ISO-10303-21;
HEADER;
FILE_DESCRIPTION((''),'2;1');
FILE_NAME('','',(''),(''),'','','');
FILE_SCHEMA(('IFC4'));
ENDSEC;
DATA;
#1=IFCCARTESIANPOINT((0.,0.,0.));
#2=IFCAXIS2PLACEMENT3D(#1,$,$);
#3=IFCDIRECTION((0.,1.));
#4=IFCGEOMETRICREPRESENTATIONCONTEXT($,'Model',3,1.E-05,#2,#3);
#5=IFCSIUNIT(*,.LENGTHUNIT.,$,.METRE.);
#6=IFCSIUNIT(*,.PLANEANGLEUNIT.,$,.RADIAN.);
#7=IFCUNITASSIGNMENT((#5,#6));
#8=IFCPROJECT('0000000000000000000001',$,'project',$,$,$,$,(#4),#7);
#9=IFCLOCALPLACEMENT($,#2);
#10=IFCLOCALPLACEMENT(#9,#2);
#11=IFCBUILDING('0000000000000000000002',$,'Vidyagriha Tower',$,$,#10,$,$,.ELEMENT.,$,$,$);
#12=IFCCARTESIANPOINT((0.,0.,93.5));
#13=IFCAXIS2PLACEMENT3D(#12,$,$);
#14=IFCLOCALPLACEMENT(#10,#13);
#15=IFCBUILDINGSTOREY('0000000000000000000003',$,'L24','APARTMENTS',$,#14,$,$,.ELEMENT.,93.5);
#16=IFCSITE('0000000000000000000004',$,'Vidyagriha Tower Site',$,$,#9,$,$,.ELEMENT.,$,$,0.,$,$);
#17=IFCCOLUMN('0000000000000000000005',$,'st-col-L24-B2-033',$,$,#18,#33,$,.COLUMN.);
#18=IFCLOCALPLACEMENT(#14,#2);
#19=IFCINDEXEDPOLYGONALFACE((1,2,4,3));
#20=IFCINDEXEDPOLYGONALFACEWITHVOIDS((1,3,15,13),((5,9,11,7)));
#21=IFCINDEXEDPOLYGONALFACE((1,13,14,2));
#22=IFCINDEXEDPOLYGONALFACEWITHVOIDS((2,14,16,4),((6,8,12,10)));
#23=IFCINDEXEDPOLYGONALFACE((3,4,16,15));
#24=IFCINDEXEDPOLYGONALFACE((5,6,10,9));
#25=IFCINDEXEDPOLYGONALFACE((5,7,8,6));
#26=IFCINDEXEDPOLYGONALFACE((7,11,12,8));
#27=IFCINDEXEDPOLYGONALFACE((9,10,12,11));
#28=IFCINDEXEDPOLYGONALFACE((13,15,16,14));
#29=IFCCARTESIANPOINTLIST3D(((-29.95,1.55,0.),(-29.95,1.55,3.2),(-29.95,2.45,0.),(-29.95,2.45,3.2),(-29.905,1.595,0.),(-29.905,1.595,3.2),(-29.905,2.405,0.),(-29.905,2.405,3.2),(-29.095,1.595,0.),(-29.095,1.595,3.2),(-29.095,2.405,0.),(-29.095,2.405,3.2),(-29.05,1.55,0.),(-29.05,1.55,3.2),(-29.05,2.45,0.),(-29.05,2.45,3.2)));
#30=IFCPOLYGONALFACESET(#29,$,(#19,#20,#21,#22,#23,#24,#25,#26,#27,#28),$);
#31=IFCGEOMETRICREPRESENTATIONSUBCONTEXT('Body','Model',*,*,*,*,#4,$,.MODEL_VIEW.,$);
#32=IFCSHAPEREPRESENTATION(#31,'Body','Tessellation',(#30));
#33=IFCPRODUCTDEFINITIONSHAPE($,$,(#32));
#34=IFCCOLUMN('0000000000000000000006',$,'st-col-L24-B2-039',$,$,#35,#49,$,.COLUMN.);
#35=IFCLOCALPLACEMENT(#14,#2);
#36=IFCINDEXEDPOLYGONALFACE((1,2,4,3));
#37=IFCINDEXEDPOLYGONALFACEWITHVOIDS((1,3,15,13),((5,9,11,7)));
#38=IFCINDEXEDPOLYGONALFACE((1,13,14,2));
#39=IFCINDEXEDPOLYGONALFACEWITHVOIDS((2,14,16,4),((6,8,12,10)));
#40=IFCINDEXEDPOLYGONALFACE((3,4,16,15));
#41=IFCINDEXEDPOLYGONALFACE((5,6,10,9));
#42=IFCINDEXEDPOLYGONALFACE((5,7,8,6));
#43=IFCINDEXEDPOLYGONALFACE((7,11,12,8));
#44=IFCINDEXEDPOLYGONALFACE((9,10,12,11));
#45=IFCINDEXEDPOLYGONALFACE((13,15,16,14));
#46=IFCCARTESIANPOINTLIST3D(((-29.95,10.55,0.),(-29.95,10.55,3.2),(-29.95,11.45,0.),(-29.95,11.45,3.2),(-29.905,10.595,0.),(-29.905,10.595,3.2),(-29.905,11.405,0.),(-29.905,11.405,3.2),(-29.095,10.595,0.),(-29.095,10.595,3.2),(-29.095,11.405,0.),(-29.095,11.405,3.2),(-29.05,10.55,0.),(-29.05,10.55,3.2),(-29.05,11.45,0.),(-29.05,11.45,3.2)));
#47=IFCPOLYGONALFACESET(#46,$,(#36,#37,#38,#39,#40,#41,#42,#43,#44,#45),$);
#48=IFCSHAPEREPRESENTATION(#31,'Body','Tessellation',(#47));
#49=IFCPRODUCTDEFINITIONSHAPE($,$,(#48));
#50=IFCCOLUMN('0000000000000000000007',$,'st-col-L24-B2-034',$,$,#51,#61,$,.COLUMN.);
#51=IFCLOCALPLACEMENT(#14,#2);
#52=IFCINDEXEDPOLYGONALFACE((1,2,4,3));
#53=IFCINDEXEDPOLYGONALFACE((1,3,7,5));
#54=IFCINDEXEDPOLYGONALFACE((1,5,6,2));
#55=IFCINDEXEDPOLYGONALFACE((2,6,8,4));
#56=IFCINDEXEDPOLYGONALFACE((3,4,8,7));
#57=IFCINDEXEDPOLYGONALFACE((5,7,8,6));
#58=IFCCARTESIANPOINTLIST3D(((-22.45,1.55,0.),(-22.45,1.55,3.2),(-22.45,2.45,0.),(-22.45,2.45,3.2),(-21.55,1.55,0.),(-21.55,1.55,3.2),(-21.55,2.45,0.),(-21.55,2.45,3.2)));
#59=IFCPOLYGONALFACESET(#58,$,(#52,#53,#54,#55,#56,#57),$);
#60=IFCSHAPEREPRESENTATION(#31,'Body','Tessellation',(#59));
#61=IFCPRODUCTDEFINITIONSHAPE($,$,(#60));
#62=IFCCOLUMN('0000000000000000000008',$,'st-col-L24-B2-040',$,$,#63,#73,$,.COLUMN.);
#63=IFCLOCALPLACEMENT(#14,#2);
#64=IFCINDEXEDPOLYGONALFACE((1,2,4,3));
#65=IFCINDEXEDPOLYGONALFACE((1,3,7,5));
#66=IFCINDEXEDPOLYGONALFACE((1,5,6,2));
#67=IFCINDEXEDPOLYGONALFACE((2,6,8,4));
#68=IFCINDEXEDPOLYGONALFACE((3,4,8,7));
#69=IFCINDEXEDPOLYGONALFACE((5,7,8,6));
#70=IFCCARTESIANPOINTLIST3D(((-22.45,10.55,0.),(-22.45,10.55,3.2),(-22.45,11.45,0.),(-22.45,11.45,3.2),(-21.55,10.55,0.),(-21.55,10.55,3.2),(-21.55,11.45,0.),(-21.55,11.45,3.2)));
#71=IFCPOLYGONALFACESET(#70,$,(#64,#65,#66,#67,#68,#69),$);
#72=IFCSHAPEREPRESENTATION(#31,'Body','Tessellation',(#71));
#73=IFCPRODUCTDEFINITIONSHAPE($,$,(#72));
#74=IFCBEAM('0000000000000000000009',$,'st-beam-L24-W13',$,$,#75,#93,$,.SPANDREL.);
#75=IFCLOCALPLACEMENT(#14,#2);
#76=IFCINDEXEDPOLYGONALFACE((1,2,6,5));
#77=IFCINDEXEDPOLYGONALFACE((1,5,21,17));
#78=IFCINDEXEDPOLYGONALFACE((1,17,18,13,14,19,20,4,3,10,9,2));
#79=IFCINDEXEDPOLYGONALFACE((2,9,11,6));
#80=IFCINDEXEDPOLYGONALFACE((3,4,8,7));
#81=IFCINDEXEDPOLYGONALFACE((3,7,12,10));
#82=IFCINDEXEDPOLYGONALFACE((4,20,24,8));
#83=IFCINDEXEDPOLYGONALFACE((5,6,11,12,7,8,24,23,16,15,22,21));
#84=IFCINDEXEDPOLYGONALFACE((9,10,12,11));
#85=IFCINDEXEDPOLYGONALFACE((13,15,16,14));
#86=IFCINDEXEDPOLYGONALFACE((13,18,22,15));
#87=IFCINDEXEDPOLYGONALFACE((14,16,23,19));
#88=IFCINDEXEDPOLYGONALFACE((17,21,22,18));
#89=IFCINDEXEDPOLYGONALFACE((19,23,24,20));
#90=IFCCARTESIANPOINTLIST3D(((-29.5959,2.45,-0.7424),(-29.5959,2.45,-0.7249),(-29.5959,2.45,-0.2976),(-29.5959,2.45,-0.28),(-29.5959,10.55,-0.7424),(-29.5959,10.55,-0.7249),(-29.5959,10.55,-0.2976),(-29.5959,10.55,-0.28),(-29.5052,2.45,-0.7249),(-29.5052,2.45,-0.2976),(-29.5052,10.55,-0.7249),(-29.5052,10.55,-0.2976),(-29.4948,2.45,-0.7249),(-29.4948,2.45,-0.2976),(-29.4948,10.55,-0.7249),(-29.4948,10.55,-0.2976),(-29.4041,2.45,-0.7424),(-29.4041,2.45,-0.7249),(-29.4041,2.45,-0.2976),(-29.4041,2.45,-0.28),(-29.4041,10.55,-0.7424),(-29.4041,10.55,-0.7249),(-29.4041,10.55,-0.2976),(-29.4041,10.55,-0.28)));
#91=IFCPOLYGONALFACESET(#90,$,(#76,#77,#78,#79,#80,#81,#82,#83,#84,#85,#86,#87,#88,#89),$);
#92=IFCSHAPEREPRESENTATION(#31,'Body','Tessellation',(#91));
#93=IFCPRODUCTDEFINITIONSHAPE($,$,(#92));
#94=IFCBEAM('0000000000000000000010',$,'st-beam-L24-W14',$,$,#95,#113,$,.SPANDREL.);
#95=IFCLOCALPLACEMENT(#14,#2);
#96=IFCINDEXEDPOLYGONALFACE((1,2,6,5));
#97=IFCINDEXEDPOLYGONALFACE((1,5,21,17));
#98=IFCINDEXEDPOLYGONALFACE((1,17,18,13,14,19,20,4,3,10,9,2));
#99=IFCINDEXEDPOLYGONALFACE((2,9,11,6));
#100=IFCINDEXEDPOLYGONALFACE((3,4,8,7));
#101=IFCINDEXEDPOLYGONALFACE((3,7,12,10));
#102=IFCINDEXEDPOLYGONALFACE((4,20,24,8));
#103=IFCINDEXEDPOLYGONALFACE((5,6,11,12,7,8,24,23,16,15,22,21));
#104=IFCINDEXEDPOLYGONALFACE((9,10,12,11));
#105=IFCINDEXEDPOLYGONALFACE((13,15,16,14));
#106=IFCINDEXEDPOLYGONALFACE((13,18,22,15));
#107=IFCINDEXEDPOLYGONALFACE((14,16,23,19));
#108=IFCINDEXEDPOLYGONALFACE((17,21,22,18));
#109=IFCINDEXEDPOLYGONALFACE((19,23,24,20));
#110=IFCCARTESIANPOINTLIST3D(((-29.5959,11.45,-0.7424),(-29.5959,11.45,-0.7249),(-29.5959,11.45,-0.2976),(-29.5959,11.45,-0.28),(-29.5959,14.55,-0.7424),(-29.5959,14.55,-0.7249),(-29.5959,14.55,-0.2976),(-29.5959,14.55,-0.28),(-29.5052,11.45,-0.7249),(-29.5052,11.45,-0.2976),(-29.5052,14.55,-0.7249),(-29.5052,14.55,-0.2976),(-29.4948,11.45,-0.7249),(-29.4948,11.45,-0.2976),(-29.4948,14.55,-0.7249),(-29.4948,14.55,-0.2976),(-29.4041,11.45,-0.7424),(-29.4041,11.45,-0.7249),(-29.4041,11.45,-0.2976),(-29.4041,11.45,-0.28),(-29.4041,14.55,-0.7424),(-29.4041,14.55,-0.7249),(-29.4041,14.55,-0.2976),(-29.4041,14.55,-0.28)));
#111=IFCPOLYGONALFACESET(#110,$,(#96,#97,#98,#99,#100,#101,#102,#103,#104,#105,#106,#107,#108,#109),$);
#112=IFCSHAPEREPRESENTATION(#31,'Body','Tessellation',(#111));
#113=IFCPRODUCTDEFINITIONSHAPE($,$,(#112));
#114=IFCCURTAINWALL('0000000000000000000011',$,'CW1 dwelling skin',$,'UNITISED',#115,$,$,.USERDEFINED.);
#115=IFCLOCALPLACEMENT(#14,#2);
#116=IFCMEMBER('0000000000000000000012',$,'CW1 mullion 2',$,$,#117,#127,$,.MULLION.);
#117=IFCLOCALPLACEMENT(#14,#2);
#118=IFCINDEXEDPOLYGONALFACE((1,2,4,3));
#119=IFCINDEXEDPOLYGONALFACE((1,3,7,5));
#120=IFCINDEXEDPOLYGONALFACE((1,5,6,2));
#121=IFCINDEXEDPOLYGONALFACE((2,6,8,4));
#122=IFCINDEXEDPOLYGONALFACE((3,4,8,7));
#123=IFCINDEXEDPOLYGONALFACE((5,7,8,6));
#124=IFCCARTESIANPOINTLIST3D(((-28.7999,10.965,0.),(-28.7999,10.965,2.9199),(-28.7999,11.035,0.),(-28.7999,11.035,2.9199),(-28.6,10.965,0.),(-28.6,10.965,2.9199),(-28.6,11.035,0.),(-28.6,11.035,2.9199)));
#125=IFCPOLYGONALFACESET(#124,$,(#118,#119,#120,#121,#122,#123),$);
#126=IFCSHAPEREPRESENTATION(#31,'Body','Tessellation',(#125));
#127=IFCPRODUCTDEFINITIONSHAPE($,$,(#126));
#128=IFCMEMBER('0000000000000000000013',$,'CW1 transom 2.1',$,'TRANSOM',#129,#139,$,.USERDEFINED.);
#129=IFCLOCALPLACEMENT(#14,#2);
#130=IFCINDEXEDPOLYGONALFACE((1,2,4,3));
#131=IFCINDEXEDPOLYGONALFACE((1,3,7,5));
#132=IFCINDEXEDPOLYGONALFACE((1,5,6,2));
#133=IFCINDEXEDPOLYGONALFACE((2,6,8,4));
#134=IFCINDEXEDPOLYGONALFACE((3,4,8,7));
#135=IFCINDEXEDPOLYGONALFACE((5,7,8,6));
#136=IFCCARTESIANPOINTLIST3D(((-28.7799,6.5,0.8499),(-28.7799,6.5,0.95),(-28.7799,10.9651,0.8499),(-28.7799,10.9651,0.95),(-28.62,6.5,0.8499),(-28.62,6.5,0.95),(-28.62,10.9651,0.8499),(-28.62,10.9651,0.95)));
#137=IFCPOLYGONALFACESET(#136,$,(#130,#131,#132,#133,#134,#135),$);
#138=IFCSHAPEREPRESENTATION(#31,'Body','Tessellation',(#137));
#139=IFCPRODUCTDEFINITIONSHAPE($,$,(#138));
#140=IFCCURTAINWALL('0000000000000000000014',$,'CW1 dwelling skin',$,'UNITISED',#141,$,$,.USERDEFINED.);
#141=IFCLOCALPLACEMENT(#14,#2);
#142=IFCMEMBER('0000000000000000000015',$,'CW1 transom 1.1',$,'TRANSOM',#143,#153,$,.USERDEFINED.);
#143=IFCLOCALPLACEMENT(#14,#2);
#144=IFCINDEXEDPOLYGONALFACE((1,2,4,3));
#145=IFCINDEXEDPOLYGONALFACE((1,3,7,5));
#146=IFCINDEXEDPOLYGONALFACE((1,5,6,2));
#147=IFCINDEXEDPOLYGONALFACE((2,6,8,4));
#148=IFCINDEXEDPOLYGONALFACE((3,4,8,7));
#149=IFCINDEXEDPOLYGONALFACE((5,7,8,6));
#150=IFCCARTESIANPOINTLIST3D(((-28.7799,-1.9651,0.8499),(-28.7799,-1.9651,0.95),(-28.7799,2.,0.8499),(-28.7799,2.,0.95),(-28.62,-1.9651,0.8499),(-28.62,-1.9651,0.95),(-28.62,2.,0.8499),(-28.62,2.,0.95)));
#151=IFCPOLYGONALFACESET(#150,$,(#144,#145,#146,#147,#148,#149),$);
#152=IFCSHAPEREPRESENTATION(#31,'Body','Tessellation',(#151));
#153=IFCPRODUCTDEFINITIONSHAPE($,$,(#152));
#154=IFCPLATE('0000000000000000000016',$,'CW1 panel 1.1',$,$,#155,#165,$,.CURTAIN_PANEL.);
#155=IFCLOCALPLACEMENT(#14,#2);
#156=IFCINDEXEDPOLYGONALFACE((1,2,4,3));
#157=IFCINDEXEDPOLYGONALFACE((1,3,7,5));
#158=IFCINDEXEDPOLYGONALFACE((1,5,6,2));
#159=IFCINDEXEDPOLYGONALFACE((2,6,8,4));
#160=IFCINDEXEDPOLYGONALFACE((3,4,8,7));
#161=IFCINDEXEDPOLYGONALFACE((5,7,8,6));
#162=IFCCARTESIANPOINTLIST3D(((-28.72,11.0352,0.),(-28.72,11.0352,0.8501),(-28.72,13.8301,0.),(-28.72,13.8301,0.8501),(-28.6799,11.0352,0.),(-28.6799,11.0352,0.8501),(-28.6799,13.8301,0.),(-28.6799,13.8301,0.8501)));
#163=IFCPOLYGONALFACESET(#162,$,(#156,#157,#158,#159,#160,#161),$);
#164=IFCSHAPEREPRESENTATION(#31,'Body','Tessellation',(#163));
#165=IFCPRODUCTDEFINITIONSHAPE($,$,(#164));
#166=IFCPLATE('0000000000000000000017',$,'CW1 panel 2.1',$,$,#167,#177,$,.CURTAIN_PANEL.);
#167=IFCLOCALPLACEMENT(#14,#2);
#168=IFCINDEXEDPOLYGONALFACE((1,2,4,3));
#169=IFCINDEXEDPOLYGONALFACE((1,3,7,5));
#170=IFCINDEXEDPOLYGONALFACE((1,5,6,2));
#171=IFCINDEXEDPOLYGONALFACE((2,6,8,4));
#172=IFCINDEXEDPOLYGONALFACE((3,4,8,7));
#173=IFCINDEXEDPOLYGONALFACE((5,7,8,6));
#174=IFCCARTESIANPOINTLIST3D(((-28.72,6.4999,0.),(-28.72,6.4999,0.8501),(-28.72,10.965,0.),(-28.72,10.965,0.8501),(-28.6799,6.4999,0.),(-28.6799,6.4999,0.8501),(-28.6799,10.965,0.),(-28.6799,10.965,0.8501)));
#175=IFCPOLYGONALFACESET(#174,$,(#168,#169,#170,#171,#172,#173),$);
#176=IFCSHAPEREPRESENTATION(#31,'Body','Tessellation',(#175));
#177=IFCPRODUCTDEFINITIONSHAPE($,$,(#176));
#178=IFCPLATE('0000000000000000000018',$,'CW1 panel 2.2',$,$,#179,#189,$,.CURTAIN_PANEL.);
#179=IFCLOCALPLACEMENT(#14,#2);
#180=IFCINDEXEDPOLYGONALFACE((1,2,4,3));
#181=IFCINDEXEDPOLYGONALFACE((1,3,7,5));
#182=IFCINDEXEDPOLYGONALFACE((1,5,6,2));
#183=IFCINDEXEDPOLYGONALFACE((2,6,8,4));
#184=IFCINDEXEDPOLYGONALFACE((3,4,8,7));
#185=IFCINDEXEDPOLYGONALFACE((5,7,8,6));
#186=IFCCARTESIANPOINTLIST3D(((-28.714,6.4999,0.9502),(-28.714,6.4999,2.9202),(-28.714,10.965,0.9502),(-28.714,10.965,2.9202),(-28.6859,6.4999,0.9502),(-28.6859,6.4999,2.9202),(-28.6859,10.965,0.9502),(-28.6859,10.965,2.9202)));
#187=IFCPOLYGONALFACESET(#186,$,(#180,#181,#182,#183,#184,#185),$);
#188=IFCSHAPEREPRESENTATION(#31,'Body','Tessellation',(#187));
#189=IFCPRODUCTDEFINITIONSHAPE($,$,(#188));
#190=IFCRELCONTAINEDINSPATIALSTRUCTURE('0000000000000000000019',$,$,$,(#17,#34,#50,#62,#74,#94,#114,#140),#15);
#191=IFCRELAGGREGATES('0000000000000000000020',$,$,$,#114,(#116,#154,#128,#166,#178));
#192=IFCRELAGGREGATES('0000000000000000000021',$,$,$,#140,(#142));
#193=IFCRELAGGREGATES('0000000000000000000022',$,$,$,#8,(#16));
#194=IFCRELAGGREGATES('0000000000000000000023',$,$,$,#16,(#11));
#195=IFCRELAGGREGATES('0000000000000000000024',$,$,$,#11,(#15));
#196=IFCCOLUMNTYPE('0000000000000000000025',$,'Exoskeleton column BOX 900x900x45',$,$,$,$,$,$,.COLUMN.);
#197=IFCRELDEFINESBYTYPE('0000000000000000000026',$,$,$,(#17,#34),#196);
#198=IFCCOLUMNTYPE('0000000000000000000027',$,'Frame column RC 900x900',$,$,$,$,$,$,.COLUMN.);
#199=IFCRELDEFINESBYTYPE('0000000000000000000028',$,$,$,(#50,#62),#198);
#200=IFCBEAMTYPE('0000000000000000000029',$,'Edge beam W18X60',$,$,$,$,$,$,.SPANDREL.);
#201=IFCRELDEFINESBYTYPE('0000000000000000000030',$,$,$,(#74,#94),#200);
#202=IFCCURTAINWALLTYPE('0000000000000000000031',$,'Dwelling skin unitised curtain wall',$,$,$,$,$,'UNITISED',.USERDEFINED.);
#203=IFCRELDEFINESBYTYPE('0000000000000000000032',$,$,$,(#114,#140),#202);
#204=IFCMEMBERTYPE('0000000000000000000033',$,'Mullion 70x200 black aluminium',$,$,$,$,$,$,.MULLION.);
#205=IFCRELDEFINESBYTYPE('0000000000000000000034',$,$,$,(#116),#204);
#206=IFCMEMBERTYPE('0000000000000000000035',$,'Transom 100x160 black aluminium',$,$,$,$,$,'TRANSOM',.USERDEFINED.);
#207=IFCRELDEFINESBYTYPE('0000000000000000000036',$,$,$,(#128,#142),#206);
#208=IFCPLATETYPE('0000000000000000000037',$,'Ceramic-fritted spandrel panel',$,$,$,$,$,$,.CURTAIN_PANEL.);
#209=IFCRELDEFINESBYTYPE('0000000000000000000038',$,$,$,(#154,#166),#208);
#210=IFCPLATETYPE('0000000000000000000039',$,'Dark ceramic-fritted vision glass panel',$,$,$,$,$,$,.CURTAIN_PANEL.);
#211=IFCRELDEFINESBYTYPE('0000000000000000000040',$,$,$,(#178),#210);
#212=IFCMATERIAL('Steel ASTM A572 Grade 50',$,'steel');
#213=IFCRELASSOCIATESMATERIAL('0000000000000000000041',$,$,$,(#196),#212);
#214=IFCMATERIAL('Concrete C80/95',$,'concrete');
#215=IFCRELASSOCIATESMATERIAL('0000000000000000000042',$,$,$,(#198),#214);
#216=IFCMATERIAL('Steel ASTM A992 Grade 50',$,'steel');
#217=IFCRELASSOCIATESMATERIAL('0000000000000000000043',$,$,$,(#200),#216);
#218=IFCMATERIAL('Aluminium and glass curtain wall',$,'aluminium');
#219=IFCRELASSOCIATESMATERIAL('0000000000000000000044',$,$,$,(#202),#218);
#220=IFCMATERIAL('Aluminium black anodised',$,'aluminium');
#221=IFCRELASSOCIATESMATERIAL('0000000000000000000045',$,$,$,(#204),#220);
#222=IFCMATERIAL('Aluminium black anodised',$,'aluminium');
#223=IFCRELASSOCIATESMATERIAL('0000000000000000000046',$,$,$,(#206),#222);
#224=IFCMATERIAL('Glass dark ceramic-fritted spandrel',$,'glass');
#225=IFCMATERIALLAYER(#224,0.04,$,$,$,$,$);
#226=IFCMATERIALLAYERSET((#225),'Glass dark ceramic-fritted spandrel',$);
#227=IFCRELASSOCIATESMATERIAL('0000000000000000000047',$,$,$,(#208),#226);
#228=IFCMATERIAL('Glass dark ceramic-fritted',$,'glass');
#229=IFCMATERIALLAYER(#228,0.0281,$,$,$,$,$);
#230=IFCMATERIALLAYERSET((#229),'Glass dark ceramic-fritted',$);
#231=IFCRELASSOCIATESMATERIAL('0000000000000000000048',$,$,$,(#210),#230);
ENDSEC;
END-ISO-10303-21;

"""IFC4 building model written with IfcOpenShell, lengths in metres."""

from ifc_helpers import new_model, si_unit, direction, frame, origin, origin_2d, place, context, subcontext, project, spatial, rectangle, hollow_rectangle, i_section, extrude, material, layer, layer_set, material_profile, profile_set, type_object, element, aggregate, save


model = new_model("IFC4")

# Units and contexts
model_context = context("Model", 3, precision=1e-05, world=origin(), true_north=direction((0.0, 1.0)))
body_context = subcontext(model_context, "Body", "Model", "MODEL_VIEW")
ifc_project = project(units=[si_unit("LENGTHUNIT", "METRE"), si_unit("PLANEANGLEUNIT", "RADIAN")], contexts=[model_context])

# Site, building, storey
site_placement = place(None, origin())
site = spatial("IfcSite", under=ifc_project, at=site_placement, Name="Vidyagriha Tower Site", CompositionType="ELEMENT", RefElevation=0.0)
building_placement = place(site_placement, origin())
building = spatial("IfcBuilding", under=site, at=building_placement, Name="Vidyagriha Tower", CompositionType="ELEMENT")
storey_placement = place(building_placement, frame((0.0, 0.0, 93.5)))
storey = spatial("IfcBuildingStorey", under=building, at=storey_placement, Name="L24", Description="APARTMENTS", CompositionType="ELEMENT", Elevation=93.5)

# Columns
ifc_material_1 = material(Name="Steel ASTM A572 Grade 50", Category="steel")
ifc_material_profile_1 = material_profile(ifc_material_1, hollow_rectangle(XDim=0.8999, YDim=0.8999, WallThickness=0.0449, at=origin_2d()), Name="BOX 900x900x45")
ifc_profile_set_1 = profile_set([ifc_material_profile_1], Name="Steel ASTM A572 Grade 50")
column_type_1 = type_object("IfcColumnType", Name="Exoskeleton column BOX 900x900x45", PredefinedType="COLUMN", material=ifc_profile_set_1)
for number, where, name in (
    (1, (-29.5, 2.0, 0.0), "st-col-L24-B2-033"),
    (2, (-29.5, 11.0, 0.0), "st-col-L24-B2-039"),
):
    element("IfcColumn", number, at=place(storey_placement, frame(where)), inside=storey, type_object=column_type_1, Name=name, PredefinedType="COLUMN", context=body_context, shape_type="SweptSolid", body=[
        extrude(hollow_rectangle(XDim=0.8999, YDim=0.8999, WallThickness=0.0449, at=origin_2d()), origin(), (0.0, 0.0, 1.0), 3.2),
    ])
ifc_material_2 = material(Name="Concrete C80/95", Category="concrete")
ifc_material_profile_2 = material_profile(ifc_material_2, rectangle(XDim=0.8999, YDim=0.8999, at=origin_2d()), Name="RC 900x900")
ifc_profile_set_2 = profile_set([ifc_material_profile_2], Name="Concrete C80/95")
column_type_2 = type_object("IfcColumnType", Name="Frame column RC 900x900", PredefinedType="COLUMN", material=ifc_profile_set_2)
for number, where, name in (
    (3, (-22.0, 2.0, 0.0), "st-col-L24-B2-034"),
    (4, (-22.0, 11.0, 0.0), "st-col-L24-B2-040"),
):
    element("IfcColumn", number, at=place(storey_placement, frame(where)), inside=storey, type_object=column_type_2, Name=name, PredefinedType="COLUMN", context=body_context, shape_type="SweptSolid", body=[
        extrude(rectangle(XDim=0.8999, YDim=0.8999, at=origin_2d()), origin(), (0.0, 0.0, 1.0), 3.2),
    ])

# Beams
ifc_material_3 = material(Name="Steel ASTM A992 Grade 50", Category="steel")
ifc_material_profile_3 = material_profile(ifc_material_3, i_section(OverallWidth=0.1919, OverallDepth=0.4624, WebThickness=0.0105, FlangeThickness=0.0176, at=origin_2d()), Name="W18X60")
ifc_profile_set_3 = profile_set([ifc_material_profile_3], Name="Steel ASTM A992 Grade 50")
beam_type = type_object("IfcBeamType", Name="Edge beam W18X60", PredefinedType="SPANDREL", material=ifc_profile_set_3)
beam_1_placement = place(storey_placement, frame((-29.5, 2.45, -0.5112), z_axis=(0.0, 1.0, 0.0), x_axis=(-1.0, 0.0, 0.0)))
element("IfcBeam", 5, at=beam_1_placement, inside=storey, type_object=beam_type, Name="st-beam-L24-W13", PredefinedType="SPANDREL", context=body_context, shape_type="SweptSolid", body=[
    extrude(i_section(OverallWidth=0.1919, OverallDepth=0.4624, WebThickness=0.0105, FlangeThickness=0.0176, at=origin_2d()), origin(), (0.0, 0.0, 1.0), 8.1001),
])
beam_2_placement = place(storey_placement, frame((-29.5, 11.45, -0.5112), z_axis=(0.0, 1.0, 0.0), x_axis=(-1.0, 0.0, 0.0)))
element("IfcBeam", 6, at=beam_2_placement, inside=storey, type_object=beam_type, Name="st-beam-L24-W14", PredefinedType="SPANDREL", context=body_context, shape_type="SweptSolid", body=[
    extrude(i_section(OverallWidth=0.1919, OverallDepth=0.4624, WebThickness=0.0105, FlangeThickness=0.0176, at=origin_2d()), origin(), (0.0, 0.0, 1.0), 3.1001),
])

# Curtain wall, members
ifc_material_4 = material(Name="Aluminium and glass curtain wall", Category="aluminium")
curtain_wall_type = type_object("IfcCurtainWallType", Name="Dwelling skin unitised curtain wall", ElementType="UNITISED", PredefinedType="USERDEFINED", material=ifc_material_4)
curtain_wall_1_placement = place(storey_placement, origin())
curtain_wall_1 = element("IfcCurtainWall", 7, at=curtain_wall_1_placement, inside=storey, type_object=curtain_wall_type, Name="CW1 dwelling skin", ObjectType="UNITISED", PredefinedType="USERDEFINED")
ifc_material_5 = material(Name="Aluminium black anodised", Category="aluminium")
ifc_material_profile_4 = material_profile(ifc_material_5, rectangle(XDim=0.2, YDim=0.0701, at=origin_2d()), Name="Mullion 70x200 black aluminium")
ifc_profile_set_4 = profile_set([ifc_material_profile_4], Name="Aluminium black anodised")
member_type_1 = type_object("IfcMemberType", Name="Mullion 70x200 black aluminium", PredefinedType="MULLION", material=ifc_profile_set_4)
member_1_placement = place(storey_placement, frame((-28.7, 11.0, 0.0)))
member_1 = element("IfcMember", 8, at=member_1_placement, type_object=member_type_1, Name="CW1 mullion 2", PredefinedType="MULLION", context=body_context, shape_type="SweptSolid", body=[
    extrude(rectangle(XDim=0.2, YDim=0.0701, at=origin_2d()), origin(), (0.0, 0.0, 1.0), 2.9199),
])
ifc_material_6 = material(Name="Aluminium black anodised", Category="aluminium")
ifc_material_profile_5 = material_profile(ifc_material_6, rectangle(XDim=0.1599, YDim=0.1001, at=origin_2d()), Name="Transom 100x160 black aluminium")
ifc_profile_set_5 = profile_set([ifc_material_profile_5], Name="Aluminium black anodised")
member_type_2 = type_object("IfcMemberType", Name="Transom 100x160 black aluminium", ElementType="TRANSOM", PredefinedType="USERDEFINED", material=ifc_profile_set_5)
member_2_placement = place(storey_placement, frame((-28.7, 10.9651, 0.8999), z_axis=(0.0, -1.0, 0.0), x_axis=(1.0, 0.0, 0.0)))
member_2 = element("IfcMember", 9, at=member_2_placement, type_object=member_type_2, Name="CW1 transom 2.1", ObjectType="TRANSOM", PredefinedType="USERDEFINED", context=body_context, shape_type="SweptSolid", body=[
    extrude(rectangle(XDim=0.1599, YDim=0.1001, at=origin_2d()), origin(), (0.0, 0.0, 1.0), 4.4651),
])

# Curtain wall, member
curtain_wall_2_placement = place(storey_placement, origin())
curtain_wall_2 = element("IfcCurtainWall", 10, at=curtain_wall_2_placement, inside=storey, type_object=curtain_wall_type, Name="CW1 dwelling skin", ObjectType="UNITISED", PredefinedType="USERDEFINED")
member_3_placement = place(storey_placement, frame((-28.7, 2.0, 0.8999), z_axis=(0.0, -1.0, 0.0), x_axis=(1.0, 0.0, 0.0)))
member_3 = element("IfcMember", 11, at=member_3_placement, type_object=member_type_2, Name="CW1 transom 1.1", ObjectType="TRANSOM", PredefinedType="USERDEFINED", context=body_context, shape_type="SweptSolid", body=[
    extrude(rectangle(XDim=0.1599, YDim=0.1001, at=origin_2d()), origin(), (0.0, 0.0, 1.0), 3.9651),
])

# Plates
ifc_material_7 = material(Name="Glass dark ceramic-fritted spandrel", Category="glass")
ifc_layer_1 = layer(ifc_material_7, 0.04)
ifc_layer_set_1 = layer_set([ifc_layer_1], Name="Glass dark ceramic-fritted spandrel")
plate_type_1 = type_object("IfcPlateType", Name="Ceramic-fritted spandrel panel", PredefinedType="CURTAIN_PANEL", material=ifc_layer_set_1)
plate_1_placement = place(storey_placement, frame((-28.7, 12.4326, 0.0), z_axis=(0.0, 0.0, 1.0), x_axis=(0.0, -1.0, 0.0)))
plate_1 = element("IfcPlate", 12, at=plate_1_placement, type_object=plate_type_1, Name="CW1 panel 1.1", PredefinedType="CURTAIN_PANEL", context=body_context, shape_type="SweptSolid", body=[
    extrude(rectangle(XDim=2.7949, YDim=0.04, at=origin_2d()), origin(), (0.0, 0.0, 1.0), 0.8501),
])
plate_2_placement = place(storey_placement, frame((-28.7, 8.7324, 0.0), z_axis=(0.0, 0.0, 1.0), x_axis=(0.0, -1.0, 0.0)))
plate_2 = element("IfcPlate", 13, at=plate_2_placement, type_object=plate_type_1, Name="CW1 panel 2.1", PredefinedType="CURTAIN_PANEL", context=body_context, shape_type="SweptSolid", body=[
    extrude(rectangle(XDim=4.4651, YDim=0.04, at=origin_2d()), origin(), (0.0, 0.0, 1.0), 0.8501),
])
ifc_material_8 = material(Name="Glass dark ceramic-fritted", Category="glass")
ifc_layer_2 = layer(ifc_material_8, 0.0281)
ifc_layer_set_2 = layer_set([ifc_layer_2], Name="Glass dark ceramic-fritted")
plate_type_2 = type_object("IfcPlateType", Name="Dark ceramic-fritted vision glass panel", PredefinedType="CURTAIN_PANEL", material=ifc_layer_set_2)
plate_3_placement = place(storey_placement, frame((-28.7, 8.7324, 0.9502), z_axis=(0.0, 0.0, 1.0), x_axis=(0.0, -1.0, 0.0)))
plate_3 = element("IfcPlate", 14, at=plate_3_placement, type_object=plate_type_2, Name="CW1 panel 2.2", PredefinedType="CURTAIN_PANEL", context=body_context, shape_type="SweptSolid", body=[
    extrude(rectangle(XDim=4.4651, YDim=0.0281, at=origin_2d()), origin(), (0.0, 0.0, 1.0), 1.97),
])
aggregate(curtain_wall_1, [member_1, plate_1, member_2, plate_2, plate_3])
aggregate(curtain_wall_2, [member_3])

save(model, "model.ifc")
